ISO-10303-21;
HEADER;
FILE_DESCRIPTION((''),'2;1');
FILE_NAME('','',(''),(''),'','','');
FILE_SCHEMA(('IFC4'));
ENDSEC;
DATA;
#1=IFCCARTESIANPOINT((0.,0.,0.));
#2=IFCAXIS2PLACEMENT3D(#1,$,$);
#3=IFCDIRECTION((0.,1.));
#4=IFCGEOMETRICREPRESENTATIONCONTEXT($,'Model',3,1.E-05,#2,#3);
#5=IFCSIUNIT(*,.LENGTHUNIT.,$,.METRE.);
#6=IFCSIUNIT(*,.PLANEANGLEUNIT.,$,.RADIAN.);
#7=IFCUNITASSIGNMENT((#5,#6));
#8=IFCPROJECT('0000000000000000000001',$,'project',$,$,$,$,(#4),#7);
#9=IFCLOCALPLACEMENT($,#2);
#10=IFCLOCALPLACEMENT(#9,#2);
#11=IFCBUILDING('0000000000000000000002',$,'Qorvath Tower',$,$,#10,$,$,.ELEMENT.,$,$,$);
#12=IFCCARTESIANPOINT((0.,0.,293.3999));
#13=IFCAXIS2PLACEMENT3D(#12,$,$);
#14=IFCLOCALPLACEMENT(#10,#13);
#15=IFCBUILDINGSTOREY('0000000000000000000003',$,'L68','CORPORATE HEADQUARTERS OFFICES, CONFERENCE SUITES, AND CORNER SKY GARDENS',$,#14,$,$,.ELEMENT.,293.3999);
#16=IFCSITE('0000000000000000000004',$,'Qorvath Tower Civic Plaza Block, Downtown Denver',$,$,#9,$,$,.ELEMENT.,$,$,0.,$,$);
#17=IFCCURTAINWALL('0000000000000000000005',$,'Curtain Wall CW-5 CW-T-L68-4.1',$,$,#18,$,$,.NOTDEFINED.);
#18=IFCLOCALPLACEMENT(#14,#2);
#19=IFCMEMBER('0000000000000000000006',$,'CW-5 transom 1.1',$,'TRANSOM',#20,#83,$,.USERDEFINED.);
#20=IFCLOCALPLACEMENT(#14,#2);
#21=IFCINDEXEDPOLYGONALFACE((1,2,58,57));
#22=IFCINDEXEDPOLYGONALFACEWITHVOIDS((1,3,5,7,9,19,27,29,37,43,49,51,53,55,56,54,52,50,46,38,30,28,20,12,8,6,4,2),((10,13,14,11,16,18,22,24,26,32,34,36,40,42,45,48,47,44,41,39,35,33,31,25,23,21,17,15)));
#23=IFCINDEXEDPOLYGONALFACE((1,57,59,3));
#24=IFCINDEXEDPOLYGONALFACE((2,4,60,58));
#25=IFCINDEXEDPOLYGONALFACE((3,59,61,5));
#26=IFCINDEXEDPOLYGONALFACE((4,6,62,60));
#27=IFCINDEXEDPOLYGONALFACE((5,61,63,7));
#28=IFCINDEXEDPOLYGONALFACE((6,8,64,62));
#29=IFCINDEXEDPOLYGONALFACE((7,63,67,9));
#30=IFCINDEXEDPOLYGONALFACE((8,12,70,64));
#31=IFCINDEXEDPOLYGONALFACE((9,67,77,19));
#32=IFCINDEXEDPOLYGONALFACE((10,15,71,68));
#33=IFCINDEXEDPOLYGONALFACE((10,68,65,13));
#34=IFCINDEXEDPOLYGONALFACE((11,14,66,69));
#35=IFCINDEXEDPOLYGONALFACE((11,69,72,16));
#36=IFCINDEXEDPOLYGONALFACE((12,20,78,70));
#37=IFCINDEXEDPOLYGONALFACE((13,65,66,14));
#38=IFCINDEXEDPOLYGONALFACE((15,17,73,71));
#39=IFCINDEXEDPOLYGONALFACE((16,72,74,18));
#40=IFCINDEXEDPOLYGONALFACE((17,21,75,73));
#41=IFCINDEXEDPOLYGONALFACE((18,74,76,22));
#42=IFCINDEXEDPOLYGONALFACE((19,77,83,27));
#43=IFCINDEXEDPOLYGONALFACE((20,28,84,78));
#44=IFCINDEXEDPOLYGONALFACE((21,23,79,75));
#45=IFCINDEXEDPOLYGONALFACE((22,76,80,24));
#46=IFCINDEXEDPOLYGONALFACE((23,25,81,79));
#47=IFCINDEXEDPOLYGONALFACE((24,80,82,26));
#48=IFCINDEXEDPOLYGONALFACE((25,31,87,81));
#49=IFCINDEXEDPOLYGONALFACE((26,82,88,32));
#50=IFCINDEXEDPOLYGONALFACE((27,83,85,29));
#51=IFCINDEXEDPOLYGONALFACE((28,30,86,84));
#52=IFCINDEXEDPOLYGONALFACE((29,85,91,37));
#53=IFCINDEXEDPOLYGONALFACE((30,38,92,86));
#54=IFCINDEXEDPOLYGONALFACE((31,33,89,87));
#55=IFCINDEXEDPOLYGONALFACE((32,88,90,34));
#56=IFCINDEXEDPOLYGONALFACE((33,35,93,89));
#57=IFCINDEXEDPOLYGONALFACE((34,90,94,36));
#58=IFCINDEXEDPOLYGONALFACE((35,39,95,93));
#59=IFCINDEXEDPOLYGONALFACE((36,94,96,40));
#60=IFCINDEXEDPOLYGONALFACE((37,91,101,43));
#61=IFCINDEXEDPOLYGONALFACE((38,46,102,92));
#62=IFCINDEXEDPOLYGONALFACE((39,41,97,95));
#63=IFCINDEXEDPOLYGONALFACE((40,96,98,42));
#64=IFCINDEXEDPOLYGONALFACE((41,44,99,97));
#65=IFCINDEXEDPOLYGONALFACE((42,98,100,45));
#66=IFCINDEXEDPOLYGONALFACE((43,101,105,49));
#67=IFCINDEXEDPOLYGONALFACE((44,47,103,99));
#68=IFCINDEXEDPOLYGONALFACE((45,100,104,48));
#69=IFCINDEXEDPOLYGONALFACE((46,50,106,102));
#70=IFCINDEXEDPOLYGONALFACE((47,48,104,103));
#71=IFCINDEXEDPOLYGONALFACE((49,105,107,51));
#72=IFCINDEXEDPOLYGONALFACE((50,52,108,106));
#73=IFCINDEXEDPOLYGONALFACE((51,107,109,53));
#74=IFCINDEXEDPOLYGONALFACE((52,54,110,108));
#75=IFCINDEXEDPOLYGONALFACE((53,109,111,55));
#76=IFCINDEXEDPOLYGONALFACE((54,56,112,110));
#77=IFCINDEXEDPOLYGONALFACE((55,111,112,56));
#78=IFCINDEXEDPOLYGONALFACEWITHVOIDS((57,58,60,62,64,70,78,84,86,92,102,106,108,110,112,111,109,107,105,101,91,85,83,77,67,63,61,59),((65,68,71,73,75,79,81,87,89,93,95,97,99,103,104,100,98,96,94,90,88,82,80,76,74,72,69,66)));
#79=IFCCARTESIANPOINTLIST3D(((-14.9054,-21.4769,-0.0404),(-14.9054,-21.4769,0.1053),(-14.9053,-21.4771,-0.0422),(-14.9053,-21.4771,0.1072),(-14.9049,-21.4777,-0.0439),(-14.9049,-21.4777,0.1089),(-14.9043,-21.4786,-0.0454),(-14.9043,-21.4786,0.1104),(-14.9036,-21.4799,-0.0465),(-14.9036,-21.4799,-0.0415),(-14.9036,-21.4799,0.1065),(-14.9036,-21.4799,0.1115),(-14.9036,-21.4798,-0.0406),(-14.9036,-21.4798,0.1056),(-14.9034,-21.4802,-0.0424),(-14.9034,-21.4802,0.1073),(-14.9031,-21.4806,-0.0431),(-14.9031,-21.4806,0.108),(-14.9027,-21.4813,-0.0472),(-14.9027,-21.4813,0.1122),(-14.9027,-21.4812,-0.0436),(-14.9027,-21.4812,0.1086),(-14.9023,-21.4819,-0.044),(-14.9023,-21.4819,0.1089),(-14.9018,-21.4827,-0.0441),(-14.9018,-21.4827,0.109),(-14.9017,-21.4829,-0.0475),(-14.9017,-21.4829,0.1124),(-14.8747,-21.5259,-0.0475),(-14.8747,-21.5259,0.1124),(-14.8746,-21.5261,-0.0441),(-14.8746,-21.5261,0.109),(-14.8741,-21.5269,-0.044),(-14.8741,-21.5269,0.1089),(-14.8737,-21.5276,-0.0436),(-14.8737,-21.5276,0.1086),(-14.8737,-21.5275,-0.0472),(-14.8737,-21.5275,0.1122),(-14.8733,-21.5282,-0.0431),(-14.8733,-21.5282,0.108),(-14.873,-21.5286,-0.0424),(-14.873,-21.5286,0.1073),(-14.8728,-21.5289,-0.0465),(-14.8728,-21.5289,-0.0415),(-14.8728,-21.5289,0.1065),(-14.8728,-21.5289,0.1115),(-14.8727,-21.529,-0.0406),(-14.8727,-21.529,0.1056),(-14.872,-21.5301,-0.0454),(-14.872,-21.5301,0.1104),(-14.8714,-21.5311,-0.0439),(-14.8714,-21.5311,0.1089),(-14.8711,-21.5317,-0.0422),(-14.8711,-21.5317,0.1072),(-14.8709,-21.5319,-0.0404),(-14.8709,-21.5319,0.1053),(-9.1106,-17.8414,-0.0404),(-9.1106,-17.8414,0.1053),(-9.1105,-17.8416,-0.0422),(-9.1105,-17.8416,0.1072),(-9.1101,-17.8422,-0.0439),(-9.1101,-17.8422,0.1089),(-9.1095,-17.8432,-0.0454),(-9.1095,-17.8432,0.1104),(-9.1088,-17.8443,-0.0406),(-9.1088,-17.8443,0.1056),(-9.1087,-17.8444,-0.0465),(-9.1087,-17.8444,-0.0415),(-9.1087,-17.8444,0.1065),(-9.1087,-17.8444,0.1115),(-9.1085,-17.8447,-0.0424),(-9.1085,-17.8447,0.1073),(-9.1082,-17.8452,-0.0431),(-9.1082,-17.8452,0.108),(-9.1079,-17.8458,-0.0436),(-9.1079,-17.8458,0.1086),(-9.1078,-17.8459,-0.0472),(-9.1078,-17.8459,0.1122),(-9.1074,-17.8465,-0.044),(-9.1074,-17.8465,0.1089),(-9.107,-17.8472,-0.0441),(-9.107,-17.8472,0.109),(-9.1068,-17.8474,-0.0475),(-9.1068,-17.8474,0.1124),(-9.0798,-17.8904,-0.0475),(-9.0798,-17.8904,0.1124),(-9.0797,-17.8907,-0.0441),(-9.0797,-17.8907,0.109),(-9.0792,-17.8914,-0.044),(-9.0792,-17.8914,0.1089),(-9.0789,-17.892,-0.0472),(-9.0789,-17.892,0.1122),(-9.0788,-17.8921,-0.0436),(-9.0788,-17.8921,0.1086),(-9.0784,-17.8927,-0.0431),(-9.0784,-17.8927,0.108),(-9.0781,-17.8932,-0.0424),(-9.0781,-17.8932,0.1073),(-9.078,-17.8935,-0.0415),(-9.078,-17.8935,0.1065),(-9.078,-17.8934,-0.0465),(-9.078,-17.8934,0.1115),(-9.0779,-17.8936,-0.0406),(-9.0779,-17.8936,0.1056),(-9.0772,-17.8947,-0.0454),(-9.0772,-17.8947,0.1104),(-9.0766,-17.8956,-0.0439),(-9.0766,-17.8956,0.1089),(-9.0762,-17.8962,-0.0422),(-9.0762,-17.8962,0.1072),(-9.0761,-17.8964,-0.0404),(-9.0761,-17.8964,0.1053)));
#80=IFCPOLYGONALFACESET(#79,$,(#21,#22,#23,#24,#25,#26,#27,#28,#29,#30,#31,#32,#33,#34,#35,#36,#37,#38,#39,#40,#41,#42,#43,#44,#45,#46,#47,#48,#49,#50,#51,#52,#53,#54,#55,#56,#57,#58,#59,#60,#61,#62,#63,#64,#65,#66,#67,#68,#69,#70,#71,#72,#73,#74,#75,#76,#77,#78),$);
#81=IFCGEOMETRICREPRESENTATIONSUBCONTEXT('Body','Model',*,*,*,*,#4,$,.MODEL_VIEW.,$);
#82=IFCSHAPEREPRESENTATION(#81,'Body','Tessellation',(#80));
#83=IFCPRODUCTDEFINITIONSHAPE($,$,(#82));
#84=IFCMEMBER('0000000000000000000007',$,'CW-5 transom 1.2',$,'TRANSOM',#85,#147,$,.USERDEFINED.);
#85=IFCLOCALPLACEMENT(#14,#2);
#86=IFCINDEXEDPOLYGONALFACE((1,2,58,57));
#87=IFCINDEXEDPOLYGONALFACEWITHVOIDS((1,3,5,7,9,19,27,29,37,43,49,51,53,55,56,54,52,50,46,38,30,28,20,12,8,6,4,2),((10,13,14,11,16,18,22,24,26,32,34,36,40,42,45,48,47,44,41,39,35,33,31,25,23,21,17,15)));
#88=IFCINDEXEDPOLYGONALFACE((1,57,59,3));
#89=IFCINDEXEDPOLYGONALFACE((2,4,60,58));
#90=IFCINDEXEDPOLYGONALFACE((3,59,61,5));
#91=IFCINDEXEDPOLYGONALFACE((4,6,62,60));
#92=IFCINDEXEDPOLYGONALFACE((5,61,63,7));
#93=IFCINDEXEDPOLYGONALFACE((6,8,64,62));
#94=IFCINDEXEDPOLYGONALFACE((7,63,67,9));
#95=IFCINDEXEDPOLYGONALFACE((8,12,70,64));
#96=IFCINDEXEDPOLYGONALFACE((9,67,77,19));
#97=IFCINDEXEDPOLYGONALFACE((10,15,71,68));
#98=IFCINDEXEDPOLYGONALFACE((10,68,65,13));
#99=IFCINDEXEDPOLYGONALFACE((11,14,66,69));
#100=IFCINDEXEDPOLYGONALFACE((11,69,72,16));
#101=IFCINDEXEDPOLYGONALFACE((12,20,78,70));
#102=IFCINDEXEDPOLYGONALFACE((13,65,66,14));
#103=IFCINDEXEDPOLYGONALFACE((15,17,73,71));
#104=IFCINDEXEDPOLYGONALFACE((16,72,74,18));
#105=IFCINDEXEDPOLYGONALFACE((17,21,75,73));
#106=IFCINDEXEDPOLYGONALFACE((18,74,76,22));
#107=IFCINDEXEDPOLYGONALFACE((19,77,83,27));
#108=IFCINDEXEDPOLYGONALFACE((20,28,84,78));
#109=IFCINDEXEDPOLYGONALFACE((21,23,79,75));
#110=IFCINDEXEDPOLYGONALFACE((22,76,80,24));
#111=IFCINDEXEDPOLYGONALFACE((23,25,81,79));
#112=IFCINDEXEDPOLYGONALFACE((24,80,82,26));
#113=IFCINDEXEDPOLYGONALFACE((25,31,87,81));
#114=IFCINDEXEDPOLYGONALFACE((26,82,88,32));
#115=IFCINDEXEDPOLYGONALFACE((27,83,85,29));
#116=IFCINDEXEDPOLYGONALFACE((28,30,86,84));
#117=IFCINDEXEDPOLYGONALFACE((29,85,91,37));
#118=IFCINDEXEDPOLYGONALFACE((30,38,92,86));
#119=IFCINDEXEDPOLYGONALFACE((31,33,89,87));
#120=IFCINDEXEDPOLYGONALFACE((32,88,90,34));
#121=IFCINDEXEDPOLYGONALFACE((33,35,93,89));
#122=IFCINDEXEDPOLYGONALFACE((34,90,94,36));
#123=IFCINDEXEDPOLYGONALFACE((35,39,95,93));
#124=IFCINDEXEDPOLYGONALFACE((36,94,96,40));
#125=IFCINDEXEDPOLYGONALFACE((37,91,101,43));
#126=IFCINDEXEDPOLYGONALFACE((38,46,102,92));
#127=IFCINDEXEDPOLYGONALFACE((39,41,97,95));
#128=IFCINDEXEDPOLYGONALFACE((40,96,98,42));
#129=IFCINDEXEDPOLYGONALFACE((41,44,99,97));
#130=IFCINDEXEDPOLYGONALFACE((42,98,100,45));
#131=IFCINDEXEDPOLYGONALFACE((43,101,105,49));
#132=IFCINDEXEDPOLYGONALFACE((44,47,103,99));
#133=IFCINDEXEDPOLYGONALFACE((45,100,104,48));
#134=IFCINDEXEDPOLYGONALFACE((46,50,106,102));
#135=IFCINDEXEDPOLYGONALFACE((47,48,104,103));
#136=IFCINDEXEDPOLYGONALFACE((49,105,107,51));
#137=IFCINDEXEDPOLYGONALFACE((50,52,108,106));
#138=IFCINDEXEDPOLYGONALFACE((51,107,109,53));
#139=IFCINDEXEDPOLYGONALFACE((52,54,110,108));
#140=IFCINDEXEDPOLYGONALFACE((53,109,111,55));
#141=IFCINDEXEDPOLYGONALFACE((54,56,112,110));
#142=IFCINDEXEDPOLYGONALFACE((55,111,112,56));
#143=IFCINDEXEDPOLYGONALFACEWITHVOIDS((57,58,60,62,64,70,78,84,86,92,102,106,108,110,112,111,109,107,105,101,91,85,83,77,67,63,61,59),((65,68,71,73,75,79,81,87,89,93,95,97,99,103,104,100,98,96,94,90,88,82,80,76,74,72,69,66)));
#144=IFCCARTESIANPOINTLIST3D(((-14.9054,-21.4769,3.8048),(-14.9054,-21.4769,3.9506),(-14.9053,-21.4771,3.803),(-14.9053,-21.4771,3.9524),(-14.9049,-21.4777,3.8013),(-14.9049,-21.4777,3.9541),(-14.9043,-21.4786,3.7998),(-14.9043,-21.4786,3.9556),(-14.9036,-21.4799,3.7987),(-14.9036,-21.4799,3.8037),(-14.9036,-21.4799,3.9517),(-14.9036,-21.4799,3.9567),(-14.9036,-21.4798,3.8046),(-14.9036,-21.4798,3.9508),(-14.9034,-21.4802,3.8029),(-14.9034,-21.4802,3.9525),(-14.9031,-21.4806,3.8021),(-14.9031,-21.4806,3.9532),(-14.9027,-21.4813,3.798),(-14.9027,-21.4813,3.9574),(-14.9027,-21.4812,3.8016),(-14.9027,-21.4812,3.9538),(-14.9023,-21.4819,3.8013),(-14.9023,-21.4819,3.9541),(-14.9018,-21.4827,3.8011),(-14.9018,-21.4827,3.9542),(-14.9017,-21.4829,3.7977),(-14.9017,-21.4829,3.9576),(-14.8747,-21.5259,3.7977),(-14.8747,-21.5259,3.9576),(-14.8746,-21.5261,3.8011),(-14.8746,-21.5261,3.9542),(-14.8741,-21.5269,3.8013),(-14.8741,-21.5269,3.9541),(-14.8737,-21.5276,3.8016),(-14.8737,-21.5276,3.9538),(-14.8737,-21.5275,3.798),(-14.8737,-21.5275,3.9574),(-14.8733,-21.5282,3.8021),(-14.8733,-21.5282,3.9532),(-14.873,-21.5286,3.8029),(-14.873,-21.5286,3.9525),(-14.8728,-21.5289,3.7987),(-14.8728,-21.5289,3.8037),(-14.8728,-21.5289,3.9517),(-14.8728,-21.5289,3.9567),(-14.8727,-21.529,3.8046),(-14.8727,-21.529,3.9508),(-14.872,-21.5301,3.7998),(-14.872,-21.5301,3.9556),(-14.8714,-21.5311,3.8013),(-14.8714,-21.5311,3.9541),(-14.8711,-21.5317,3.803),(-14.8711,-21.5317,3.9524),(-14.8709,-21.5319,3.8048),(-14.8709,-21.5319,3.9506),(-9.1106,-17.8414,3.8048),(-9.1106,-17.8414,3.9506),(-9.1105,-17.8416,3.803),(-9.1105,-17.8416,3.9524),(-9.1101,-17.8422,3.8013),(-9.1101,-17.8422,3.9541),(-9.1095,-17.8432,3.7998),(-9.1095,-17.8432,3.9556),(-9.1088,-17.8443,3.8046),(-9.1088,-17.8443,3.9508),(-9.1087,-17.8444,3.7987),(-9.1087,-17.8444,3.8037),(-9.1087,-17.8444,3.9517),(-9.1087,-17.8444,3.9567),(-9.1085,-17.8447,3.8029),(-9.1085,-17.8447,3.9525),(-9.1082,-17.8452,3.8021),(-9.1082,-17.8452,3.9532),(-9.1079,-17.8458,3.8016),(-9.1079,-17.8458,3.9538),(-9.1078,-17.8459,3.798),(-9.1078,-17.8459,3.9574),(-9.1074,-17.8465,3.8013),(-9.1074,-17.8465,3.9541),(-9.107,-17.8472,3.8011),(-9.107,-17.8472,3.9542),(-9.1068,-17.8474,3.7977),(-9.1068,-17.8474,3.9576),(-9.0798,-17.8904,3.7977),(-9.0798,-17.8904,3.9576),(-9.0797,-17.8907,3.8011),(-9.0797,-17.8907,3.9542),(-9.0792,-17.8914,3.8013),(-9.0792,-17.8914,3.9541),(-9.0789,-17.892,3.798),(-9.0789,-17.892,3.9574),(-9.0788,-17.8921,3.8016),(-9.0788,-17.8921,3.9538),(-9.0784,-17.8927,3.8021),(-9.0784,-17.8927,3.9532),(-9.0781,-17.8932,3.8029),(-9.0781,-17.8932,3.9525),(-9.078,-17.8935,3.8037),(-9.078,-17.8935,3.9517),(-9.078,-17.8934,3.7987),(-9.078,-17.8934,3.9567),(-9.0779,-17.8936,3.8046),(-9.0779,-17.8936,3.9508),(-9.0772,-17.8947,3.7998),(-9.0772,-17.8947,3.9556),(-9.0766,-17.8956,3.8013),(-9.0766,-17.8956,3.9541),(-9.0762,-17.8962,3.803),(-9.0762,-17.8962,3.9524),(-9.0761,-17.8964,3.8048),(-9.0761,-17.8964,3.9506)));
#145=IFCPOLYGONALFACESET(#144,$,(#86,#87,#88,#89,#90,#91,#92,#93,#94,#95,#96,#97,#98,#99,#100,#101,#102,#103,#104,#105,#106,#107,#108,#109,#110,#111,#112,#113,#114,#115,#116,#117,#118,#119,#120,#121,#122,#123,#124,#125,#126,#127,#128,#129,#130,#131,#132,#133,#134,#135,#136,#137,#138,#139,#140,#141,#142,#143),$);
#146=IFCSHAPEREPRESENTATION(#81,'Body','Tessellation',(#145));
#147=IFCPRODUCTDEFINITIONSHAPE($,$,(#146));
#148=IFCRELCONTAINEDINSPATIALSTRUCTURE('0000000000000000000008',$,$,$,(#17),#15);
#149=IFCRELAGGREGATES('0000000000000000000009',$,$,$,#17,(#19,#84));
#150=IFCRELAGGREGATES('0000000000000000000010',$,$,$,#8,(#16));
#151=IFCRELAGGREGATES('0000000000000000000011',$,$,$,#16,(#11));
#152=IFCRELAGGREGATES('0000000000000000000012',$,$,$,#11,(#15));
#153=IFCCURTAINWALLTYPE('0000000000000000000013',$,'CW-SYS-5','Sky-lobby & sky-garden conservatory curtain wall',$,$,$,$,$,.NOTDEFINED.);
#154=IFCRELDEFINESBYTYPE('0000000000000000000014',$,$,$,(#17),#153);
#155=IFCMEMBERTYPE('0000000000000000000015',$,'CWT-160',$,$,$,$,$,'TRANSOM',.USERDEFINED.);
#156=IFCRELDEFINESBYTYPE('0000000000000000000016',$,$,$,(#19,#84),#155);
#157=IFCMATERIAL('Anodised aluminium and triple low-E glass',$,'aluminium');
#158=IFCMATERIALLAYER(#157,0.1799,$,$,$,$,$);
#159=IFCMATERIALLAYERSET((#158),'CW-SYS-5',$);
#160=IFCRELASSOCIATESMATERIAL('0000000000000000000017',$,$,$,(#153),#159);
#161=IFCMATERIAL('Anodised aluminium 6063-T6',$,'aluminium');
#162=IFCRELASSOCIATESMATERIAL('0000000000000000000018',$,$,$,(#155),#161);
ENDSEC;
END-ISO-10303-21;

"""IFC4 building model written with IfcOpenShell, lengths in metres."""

from ifc_helpers import new_model, si_unit, direction, frame, origin, origin_2d, place, context, subcontext, project, spatial, hollow_rectangle, extrude, material, layer, layer_set, material_profile, profile_set, type_object, element, aggregate, save


model = new_model("IFC4")

# Units and contexts
model_context = context("Model", 3, precision=1e-05, world=origin(), true_north=direction((0.0, 1.0)))
body_context = subcontext(model_context, "Body", "Model", "MODEL_VIEW")
ifc_project = project(units=[si_unit("LENGTHUNIT", "METRE"), si_unit("PLANEANGLEUNIT", "RADIAN")], contexts=[model_context])

# Site, building, storey
site_placement = place(None, origin())
site = spatial("IfcSite", under=ifc_project, at=site_placement, Name="Qorvath Tower Civic Plaza Block, Downtown Denver", CompositionType="ELEMENT", RefElevation=0.0)
building_placement = place(site_placement, origin())
building = spatial("IfcBuilding", under=site, at=building_placement, Name="Qorvath Tower", CompositionType="ELEMENT")
storey_placement = place(building_placement, frame((0.0, 0.0, 293.3999)))
storey = spatial("IfcBuildingStorey", under=building, at=storey_placement, Name="L68", Description="CORPORATE HEADQUARTERS OFFICES, CONFERENCE SUITES, AND CORNER SKY GARDENS", CompositionType="ELEMENT", Elevation=293.3999)

# Shared definitions
ifc_material_1 = material(Name="Anodised aluminium and triple low-E glass", Category="aluminium")
ifc_layer_1 = layer(ifc_material_1, 0.1799)
ifc_layer_set_1 = layer_set([ifc_layer_1], Name="CW-SYS-5")
curtain_wall_type = type_object("IfcCurtainWallType", Name="CW-SYS-5", Description="Sky-lobby & sky-garden conservatory curtain wall", PredefinedType="NOTDEFINED", material=ifc_layer_set_1)

# Curtain wall
curtain_wall_1_placement = place(storey_placement, origin())
curtain_wall_1 = element("IfcCurtainWall", 1, at=curtain_wall_1_placement, inside=storey, type_object=curtain_wall_type, Name="Curtain Wall CW-5 CW-T-L68-4.1", PredefinedType="NOTDEFINED")

# Members
ifc_material_2 = material(Name="Anodised aluminium 6063-T6", Category="aluminium")
ifc_material_profile_1 = material_profile(ifc_material_2, hollow_rectangle(XDim=0.0649, YDim=0.1599, WallThickness=0.0034, InnerFilletRadius=0.0034, OuterFilletRadius=0.0071, at=origin_2d()), Name="CWT 160x65")
ifc_profile_set_1 = profile_set([ifc_material_profile_1], Name="Anodised aluminium 6063-T6")
member_type_1 = type_object("IfcMemberType", Name="CWT-160", ElementType="TRANSOM", PredefinedType="USERDEFINED", material=ifc_profile_set_1)
member_1_placement = place(storey_placement, frame((-14.8882, -21.5044, 0.0325), z_axis=(0.847099, 0.531435, 0.0), x_axis=(-0.531435, 0.847099, 0.0)))
member_1 = element("IfcMember", 2, at=member_1_placement, type_object=member_type_1, Name="CW-5 transom 1.1", ObjectType="TRANSOM", PredefinedType="USERDEFINED", context=body_context, shape_type="SweptSolid", body=[
    extrude(hollow_rectangle(XDim=0.0649, YDim=0.1599, WallThickness=0.0034, InnerFilletRadius=0.0034, OuterFilletRadius=0.0071, at=origin_2d()), origin(), (0.0, 0.0, 1.0), 6.8408),
])
member_2_placement = place(storey_placement, frame((-14.8882, -21.5044, 3.8777), z_axis=(0.847099, 0.531435, 0.0), x_axis=(-0.531435, 0.847099, 0.0)))
member_2 = element("IfcMember", 3, at=member_2_placement, type_object=member_type_1, Name="CW-5 transom 1.2", ObjectType="TRANSOM", PredefinedType="USERDEFINED", context=body_context, shape_type="SweptSolid", body=[
    extrude(hollow_rectangle(XDim=0.0649, YDim=0.1599, WallThickness=0.0034, InnerFilletRadius=0.0034, OuterFilletRadius=0.0071, at=origin_2d()), origin(), (0.0, 0.0, 1.0), 6.8408),
])

aggregate(curtain_wall_1, [member_1, member_2])

save(model, "model.ifc")
